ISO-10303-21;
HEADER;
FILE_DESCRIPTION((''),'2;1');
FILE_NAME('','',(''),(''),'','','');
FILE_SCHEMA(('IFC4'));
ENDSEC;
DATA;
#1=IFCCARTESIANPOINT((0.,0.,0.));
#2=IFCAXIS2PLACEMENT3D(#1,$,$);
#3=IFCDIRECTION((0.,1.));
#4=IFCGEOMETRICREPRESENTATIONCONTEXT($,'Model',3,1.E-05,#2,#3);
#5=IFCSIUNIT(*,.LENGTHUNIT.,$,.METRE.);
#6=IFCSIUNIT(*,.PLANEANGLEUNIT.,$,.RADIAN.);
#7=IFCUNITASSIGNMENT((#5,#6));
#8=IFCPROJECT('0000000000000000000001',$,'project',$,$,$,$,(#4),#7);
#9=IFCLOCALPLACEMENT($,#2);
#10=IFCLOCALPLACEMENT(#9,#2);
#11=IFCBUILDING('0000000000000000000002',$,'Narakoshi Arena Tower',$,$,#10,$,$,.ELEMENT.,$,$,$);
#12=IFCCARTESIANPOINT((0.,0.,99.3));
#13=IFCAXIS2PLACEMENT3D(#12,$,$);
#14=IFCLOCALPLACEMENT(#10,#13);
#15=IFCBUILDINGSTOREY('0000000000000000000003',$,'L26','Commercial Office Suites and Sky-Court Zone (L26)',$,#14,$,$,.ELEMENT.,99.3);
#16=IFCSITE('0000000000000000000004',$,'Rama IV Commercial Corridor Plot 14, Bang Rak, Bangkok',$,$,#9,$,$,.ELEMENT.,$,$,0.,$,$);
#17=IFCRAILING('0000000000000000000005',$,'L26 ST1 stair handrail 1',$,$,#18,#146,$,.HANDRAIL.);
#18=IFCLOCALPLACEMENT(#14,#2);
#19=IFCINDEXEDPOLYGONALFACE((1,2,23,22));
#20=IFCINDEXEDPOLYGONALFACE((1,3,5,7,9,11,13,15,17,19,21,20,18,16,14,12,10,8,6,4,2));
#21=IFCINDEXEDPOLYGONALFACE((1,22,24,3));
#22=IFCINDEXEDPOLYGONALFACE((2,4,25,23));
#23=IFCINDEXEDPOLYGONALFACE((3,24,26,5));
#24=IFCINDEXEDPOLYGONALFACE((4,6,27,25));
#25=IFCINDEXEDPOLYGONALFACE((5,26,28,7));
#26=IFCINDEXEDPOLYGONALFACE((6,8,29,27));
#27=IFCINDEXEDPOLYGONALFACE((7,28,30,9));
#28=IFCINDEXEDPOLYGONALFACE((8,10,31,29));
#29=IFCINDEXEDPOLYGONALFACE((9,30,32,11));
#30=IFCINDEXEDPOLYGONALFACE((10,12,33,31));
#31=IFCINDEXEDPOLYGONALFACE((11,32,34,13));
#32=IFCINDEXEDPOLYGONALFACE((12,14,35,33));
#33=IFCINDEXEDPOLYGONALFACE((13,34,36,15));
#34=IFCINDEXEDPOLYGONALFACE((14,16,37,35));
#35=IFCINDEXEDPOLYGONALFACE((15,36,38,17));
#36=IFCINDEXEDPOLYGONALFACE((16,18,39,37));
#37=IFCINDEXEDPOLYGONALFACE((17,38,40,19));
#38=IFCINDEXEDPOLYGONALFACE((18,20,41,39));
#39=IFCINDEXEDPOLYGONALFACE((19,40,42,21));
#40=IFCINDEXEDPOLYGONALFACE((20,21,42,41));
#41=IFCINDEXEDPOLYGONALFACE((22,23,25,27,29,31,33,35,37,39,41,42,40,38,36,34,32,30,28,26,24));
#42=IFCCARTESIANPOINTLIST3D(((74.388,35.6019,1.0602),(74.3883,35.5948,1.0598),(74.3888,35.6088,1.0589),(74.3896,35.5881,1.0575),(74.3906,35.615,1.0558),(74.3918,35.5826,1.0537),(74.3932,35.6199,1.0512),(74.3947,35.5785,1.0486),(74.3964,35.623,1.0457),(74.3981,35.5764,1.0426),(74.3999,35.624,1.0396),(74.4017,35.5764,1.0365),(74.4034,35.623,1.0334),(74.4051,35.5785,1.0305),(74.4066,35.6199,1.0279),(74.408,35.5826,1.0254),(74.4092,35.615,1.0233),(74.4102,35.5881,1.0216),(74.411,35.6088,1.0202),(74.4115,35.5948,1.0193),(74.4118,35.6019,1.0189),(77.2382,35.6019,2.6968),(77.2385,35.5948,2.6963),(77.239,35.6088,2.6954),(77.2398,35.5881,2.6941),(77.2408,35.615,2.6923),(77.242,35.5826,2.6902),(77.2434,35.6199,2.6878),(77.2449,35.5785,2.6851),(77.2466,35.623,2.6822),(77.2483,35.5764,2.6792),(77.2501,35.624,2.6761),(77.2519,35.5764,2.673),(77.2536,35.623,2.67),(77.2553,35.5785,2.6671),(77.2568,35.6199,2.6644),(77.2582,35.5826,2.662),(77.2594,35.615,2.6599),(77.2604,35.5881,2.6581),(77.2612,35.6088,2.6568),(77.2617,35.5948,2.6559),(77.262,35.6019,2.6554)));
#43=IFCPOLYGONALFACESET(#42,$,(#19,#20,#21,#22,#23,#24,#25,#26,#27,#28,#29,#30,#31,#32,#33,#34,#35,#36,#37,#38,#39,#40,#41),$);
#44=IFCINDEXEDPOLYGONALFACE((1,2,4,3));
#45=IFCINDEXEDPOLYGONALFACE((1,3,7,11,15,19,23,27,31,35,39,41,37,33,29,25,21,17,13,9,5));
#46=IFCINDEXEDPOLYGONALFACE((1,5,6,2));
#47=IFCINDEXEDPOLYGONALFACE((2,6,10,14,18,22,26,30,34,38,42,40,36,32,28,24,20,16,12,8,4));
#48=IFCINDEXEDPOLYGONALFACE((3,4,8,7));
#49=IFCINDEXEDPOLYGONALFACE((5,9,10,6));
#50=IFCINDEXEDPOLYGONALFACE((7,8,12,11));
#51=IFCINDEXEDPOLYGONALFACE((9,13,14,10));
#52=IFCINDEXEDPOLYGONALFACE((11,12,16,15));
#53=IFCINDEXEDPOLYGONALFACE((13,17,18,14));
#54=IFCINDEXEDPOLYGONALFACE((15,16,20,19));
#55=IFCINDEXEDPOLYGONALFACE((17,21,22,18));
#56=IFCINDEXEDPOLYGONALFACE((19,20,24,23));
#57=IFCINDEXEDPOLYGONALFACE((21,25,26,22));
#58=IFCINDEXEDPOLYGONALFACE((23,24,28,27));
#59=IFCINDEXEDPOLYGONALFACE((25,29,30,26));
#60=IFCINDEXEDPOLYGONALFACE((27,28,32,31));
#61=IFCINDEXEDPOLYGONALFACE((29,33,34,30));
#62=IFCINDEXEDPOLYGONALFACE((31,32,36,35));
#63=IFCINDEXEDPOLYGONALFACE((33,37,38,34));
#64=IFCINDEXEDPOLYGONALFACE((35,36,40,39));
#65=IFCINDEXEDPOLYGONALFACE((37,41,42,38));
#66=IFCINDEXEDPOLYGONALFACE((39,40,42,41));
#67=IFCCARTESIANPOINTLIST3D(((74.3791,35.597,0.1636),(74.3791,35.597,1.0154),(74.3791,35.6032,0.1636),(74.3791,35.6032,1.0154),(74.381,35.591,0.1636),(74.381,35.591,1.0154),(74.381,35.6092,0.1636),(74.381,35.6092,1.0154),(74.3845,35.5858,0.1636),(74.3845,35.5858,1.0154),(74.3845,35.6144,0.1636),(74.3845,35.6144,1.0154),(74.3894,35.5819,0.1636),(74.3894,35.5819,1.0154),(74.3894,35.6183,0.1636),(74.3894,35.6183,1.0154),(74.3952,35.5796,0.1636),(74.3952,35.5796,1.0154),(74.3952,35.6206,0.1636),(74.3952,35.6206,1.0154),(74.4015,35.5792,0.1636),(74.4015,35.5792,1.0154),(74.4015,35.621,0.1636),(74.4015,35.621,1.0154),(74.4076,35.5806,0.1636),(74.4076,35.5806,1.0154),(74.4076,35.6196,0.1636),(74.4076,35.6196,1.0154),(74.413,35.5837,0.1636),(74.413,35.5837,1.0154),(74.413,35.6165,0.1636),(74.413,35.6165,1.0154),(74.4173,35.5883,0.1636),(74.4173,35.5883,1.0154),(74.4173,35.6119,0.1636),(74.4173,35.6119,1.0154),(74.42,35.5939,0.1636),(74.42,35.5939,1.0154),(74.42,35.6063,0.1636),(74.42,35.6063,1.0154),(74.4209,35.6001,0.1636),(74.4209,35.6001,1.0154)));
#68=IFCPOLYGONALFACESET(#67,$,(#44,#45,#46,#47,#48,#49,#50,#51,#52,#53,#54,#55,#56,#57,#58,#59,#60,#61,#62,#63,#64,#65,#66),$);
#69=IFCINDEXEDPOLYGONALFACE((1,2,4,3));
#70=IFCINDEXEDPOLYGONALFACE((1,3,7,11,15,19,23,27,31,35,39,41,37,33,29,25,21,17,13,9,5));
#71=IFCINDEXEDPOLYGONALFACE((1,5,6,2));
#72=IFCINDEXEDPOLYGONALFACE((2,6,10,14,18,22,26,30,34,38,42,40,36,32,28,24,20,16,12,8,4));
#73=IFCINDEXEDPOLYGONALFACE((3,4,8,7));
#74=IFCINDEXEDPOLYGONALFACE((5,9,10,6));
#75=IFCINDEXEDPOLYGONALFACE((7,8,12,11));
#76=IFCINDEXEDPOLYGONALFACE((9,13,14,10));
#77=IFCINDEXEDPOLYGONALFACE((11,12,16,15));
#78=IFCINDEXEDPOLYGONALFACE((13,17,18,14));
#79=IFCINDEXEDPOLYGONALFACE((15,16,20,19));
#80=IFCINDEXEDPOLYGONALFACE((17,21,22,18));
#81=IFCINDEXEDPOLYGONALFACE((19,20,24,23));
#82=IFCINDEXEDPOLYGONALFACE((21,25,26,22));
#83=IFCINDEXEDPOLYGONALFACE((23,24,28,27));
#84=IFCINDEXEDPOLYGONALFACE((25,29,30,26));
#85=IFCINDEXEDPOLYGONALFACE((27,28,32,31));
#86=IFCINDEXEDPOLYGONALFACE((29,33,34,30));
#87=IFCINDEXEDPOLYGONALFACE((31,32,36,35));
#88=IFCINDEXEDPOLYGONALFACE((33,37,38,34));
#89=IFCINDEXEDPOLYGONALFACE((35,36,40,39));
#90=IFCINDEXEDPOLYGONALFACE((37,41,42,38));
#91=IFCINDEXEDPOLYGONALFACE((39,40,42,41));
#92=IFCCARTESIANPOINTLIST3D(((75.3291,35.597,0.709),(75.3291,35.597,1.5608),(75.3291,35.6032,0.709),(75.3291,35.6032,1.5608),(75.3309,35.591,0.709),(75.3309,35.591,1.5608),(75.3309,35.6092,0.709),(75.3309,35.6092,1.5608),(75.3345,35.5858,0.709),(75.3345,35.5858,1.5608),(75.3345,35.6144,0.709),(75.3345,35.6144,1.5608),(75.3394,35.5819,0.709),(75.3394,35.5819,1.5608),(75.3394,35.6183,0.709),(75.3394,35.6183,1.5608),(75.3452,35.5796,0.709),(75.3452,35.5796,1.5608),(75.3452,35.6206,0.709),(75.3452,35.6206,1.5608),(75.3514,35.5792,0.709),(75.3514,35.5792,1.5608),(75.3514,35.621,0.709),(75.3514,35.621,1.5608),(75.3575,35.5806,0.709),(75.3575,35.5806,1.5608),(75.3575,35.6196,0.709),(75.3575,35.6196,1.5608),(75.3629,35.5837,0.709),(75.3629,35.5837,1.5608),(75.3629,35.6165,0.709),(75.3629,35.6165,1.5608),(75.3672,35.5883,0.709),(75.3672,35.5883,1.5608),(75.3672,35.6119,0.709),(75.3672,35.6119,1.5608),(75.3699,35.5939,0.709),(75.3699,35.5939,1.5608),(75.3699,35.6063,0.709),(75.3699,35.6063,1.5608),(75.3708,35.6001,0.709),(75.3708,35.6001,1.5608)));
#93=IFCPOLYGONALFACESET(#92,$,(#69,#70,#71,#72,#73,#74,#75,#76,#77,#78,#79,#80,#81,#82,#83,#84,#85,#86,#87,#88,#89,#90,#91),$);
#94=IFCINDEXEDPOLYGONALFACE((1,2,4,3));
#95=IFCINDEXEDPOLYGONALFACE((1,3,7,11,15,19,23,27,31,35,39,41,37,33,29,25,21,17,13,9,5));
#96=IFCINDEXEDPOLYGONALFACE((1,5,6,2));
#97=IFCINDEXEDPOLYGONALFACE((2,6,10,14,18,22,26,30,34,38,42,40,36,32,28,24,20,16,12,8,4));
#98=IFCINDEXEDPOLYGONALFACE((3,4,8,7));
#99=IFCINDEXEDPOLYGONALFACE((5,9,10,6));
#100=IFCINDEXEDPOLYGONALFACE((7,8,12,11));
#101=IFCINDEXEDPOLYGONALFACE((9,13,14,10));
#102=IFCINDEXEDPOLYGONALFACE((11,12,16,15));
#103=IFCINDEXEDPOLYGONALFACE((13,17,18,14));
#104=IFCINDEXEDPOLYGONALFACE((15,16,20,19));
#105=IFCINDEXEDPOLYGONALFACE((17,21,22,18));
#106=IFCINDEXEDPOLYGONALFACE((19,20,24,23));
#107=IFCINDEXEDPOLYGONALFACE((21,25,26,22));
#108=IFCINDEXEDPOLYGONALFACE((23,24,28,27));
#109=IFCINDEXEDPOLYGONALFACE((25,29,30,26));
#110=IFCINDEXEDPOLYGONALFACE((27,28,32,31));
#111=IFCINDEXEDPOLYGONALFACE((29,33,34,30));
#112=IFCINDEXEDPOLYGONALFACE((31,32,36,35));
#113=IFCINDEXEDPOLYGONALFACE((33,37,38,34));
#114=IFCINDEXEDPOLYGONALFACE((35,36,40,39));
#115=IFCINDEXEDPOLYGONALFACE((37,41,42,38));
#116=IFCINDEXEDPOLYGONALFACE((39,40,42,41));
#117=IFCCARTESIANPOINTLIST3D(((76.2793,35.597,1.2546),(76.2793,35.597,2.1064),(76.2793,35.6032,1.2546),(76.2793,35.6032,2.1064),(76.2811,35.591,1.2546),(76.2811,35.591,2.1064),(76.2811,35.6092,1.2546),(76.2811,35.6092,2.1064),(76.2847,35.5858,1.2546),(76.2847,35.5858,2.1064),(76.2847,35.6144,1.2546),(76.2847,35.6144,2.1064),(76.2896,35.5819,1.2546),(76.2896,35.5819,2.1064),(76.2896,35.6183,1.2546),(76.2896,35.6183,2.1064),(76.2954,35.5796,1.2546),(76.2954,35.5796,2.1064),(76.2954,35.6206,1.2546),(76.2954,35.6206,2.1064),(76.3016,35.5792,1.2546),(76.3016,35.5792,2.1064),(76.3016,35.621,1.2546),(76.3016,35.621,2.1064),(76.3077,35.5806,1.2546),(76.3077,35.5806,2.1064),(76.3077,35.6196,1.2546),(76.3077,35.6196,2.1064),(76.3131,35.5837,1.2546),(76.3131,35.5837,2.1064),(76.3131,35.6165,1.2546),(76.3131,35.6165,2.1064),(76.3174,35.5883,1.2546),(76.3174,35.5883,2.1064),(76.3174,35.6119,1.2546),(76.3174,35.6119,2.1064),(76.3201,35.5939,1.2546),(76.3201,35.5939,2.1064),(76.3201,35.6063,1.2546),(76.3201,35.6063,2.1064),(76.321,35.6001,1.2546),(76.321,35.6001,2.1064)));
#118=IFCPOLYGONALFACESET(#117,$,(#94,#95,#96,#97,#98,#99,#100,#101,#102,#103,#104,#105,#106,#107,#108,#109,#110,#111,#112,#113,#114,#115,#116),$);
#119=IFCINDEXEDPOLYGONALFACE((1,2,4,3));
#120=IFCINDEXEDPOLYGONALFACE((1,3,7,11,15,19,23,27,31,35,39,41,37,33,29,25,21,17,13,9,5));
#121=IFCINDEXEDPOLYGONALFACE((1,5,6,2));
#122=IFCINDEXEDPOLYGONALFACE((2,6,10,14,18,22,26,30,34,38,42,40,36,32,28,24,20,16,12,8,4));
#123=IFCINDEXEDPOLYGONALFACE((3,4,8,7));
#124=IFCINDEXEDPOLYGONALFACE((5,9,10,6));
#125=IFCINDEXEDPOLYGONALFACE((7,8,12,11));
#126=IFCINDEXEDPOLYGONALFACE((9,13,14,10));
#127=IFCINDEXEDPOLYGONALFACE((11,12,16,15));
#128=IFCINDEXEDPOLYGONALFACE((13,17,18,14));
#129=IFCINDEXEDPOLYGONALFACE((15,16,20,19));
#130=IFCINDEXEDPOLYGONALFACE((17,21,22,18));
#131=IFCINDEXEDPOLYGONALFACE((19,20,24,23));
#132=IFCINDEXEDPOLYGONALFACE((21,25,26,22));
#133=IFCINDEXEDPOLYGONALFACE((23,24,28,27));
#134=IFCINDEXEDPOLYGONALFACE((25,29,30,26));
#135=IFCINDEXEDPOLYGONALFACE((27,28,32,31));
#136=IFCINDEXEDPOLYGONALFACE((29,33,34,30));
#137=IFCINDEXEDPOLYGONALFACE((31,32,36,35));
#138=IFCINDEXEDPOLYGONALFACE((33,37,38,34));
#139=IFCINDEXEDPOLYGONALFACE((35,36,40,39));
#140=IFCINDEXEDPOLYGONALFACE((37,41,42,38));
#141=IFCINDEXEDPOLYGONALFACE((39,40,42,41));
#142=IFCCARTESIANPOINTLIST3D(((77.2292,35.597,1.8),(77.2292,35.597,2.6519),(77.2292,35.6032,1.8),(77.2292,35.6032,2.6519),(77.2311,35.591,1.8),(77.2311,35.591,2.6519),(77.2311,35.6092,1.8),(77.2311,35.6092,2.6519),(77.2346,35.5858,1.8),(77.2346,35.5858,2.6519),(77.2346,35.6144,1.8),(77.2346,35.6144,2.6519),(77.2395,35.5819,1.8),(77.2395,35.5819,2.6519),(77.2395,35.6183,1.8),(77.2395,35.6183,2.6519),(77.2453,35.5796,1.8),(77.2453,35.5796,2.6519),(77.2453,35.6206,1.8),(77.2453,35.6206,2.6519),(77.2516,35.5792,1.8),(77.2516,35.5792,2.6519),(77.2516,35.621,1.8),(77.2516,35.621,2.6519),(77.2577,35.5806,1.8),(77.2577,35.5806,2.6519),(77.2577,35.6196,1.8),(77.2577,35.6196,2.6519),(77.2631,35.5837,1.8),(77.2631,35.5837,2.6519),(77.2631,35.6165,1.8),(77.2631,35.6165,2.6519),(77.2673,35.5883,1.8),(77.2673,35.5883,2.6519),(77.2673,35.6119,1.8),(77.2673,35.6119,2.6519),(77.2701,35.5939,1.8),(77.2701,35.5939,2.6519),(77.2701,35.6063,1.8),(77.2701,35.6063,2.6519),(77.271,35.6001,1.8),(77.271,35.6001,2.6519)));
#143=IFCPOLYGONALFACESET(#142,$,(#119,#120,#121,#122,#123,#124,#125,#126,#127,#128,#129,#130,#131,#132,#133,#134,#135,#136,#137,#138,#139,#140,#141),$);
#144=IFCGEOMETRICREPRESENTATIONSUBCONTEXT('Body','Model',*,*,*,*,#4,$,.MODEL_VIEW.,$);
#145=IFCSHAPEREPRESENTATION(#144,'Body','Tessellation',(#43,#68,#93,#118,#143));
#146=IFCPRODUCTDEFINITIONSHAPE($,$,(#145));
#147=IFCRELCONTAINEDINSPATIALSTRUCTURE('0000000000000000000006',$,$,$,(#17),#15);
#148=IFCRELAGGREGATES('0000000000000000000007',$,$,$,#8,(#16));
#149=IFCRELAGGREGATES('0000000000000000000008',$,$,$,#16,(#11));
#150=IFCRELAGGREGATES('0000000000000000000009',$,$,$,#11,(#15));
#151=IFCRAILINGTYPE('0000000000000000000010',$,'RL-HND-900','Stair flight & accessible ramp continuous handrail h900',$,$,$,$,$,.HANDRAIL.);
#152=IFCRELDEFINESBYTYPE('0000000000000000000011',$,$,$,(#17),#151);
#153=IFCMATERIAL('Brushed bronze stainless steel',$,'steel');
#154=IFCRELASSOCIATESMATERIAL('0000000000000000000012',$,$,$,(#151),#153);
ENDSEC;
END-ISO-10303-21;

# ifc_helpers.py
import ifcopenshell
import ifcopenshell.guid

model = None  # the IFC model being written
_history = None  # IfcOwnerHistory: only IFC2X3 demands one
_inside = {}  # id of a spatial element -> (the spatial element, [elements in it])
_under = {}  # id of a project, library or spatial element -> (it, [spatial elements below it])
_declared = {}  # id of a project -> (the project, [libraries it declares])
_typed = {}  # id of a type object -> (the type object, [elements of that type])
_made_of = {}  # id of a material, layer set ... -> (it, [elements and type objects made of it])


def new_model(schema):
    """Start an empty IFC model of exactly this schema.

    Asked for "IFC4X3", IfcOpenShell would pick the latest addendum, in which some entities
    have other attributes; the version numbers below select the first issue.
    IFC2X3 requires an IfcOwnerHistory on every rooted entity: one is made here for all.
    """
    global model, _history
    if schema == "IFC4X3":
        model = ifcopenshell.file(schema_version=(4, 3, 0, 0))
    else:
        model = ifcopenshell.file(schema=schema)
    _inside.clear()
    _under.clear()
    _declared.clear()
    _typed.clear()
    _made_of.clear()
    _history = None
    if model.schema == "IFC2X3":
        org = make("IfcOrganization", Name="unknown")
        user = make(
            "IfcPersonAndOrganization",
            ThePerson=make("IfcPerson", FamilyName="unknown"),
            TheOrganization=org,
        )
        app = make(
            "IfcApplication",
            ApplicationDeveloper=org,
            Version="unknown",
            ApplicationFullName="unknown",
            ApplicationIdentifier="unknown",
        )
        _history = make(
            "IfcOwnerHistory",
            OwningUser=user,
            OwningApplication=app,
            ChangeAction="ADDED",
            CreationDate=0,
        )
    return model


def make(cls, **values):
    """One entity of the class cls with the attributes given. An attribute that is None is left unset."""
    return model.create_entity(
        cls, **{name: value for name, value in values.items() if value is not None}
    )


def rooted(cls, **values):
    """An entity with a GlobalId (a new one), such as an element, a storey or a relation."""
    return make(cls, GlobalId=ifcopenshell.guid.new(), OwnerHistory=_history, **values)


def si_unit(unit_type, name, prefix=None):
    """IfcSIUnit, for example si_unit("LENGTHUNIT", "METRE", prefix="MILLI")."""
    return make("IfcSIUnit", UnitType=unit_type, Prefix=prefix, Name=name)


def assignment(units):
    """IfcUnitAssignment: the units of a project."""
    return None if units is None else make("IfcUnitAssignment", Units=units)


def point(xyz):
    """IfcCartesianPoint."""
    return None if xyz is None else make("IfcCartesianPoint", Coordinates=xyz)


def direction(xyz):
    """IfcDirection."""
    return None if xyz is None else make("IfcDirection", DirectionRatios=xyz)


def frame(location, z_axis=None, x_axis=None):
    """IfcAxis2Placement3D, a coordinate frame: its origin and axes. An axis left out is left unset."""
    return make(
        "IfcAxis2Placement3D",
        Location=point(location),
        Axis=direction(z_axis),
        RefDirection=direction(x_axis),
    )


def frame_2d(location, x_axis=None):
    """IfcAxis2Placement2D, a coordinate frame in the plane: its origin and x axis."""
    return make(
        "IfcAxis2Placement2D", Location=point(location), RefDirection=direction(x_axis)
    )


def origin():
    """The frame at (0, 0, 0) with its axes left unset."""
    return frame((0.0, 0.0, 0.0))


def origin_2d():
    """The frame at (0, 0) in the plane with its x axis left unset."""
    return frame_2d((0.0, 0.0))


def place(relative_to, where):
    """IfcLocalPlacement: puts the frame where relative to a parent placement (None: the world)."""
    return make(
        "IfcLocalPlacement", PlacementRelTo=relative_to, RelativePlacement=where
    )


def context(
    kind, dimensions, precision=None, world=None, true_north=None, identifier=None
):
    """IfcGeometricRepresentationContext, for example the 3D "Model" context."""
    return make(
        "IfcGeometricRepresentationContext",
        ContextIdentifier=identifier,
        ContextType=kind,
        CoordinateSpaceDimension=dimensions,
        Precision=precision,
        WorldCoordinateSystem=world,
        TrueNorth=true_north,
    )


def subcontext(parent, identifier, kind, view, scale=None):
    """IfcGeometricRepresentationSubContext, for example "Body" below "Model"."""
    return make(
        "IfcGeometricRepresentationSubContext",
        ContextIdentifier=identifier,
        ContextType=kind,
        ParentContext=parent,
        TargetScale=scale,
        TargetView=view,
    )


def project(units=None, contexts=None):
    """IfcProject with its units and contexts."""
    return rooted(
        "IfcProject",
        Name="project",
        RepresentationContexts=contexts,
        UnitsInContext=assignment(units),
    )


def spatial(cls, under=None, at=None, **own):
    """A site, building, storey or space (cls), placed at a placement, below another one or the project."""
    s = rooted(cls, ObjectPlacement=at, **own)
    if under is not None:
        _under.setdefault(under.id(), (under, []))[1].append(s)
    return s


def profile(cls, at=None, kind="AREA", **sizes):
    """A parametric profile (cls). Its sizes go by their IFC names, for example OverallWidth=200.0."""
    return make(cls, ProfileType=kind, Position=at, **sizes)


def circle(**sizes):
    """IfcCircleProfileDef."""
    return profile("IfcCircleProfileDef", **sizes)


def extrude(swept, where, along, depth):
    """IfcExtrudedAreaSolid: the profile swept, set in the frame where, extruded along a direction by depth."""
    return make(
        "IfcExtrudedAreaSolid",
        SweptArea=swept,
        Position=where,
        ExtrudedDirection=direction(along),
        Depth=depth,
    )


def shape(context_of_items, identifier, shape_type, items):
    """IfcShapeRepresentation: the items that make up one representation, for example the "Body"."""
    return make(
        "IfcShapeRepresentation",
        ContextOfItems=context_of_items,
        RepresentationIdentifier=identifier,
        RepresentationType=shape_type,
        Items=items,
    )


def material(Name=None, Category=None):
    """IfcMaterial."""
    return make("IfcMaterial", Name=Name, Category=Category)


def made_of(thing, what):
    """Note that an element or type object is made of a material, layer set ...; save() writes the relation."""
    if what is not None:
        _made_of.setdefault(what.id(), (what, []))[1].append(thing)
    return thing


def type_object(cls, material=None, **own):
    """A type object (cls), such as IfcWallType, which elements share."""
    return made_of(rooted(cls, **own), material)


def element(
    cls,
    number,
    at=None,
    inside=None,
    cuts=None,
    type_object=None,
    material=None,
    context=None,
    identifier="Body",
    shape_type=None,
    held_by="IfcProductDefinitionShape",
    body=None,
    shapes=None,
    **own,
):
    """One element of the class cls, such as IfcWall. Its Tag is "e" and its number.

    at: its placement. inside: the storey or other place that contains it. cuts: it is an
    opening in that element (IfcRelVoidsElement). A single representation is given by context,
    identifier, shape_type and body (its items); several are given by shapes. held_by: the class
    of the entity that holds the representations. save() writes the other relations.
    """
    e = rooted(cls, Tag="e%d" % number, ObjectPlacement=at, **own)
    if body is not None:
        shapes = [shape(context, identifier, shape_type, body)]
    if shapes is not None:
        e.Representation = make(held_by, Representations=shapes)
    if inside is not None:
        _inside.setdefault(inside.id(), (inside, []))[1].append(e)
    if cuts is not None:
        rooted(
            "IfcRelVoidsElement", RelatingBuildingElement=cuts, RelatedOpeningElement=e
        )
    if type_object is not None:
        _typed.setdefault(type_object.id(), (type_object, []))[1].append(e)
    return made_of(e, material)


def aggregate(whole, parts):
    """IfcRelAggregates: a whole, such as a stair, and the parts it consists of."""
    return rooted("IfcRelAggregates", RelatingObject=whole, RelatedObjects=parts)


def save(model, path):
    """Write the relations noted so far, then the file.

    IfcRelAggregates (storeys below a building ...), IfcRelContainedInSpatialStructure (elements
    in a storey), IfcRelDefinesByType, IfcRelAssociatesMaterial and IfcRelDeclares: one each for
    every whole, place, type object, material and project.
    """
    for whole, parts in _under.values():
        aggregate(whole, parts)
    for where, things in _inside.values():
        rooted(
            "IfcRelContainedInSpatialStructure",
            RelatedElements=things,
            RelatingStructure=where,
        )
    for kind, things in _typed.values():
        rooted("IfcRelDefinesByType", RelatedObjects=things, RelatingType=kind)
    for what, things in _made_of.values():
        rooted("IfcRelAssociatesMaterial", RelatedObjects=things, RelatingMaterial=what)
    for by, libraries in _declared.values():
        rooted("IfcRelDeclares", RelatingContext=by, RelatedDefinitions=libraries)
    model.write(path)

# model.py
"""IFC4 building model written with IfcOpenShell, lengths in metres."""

from ifc_helpers import new_model, si_unit, direction, frame, origin, origin_2d, place, context, subcontext, project, spatial, circle, extrude, material, type_object, element, save


model = new_model("IFC4")

# Units and contexts
model_context = context("Model", 3, precision=1e-05, world=origin(), true_north=direction((0.0, 1.0)))
body_context = subcontext(model_context, "Body", "Model", "MODEL_VIEW")
ifc_project = project(units=[si_unit("LENGTHUNIT", "METRE"), si_unit("PLANEANGLEUNIT", "RADIAN")], contexts=[model_context])

# Site, building, storey
site_placement = place(None, origin())
site = spatial("IfcSite", under=ifc_project, at=site_placement, Name="Rama IV Commercial Corridor Plot 14, Bang Rak, Bangkok", CompositionType="ELEMENT", RefElevation=0.0)
building_placement = place(site_placement, origin())
building = spatial("IfcBuilding", under=site, at=building_placement, Name="Narakoshi Arena Tower", CompositionType="ELEMENT")
storey_placement = place(building_placement, frame((0.0, 0.0, 99.3)))
storey = spatial("IfcBuildingStorey", under=building, at=storey_placement, Name="L26", Description="Commercial Office Suites and Sky-Court Zone (L26)", CompositionType="ELEMENT", Elevation=99.3)

# Railing
ifc_material_1 = material(Name="Brushed bronze stainless steel", Category="steel")
railing_type_1 = type_object("IfcRailingType", Name="RL-HND-900", Description="Stair flight & accessible ramp continuous handrail h900", PredefinedType="HANDRAIL", material=ifc_material_1)
railing_1_placement = place(storey_placement, frame((74.3999, 35.6001, 0.1636)))
element("IfcRailing", 1, at=railing_1_placement, inside=storey, type_object=railing_type_1, Name="L26 ST1 stair handrail 1", PredefinedType="HANDRAIL", context=body_context, shape_type="SweptSolid", body=[
    extrude(circle(Radius=0.0239, at=origin_2d()), frame((0.0, 0.0, 0.876), z_axis=(0.867213, 0.0, 0.497938), x_axis=(0.0, 1.0, 0.0)), (0.0, 0.0, 1.0), 3.2866),
    extrude(circle(Radius=0.021, at=origin_2d()), origin(), (0.0, 0.0, 1.0), 0.8518),
    extrude(circle(Radius=0.021, at=origin_2d()), frame((0.95, 0.0, 0.5454)), (0.0, 0.0, 1.0), 0.8518),
    extrude(circle(Radius=0.021, at=origin_2d()), frame((1.9001, 0.0, 1.0911)), (0.0, 0.0, 1.0), 0.8518),
    extrude(circle(Radius=0.021, at=origin_2d()), frame((2.8501, 0.0, 1.6365)), (0.0, 0.0, 1.0), 0.8518),
])

save(model, "model.ifc")
